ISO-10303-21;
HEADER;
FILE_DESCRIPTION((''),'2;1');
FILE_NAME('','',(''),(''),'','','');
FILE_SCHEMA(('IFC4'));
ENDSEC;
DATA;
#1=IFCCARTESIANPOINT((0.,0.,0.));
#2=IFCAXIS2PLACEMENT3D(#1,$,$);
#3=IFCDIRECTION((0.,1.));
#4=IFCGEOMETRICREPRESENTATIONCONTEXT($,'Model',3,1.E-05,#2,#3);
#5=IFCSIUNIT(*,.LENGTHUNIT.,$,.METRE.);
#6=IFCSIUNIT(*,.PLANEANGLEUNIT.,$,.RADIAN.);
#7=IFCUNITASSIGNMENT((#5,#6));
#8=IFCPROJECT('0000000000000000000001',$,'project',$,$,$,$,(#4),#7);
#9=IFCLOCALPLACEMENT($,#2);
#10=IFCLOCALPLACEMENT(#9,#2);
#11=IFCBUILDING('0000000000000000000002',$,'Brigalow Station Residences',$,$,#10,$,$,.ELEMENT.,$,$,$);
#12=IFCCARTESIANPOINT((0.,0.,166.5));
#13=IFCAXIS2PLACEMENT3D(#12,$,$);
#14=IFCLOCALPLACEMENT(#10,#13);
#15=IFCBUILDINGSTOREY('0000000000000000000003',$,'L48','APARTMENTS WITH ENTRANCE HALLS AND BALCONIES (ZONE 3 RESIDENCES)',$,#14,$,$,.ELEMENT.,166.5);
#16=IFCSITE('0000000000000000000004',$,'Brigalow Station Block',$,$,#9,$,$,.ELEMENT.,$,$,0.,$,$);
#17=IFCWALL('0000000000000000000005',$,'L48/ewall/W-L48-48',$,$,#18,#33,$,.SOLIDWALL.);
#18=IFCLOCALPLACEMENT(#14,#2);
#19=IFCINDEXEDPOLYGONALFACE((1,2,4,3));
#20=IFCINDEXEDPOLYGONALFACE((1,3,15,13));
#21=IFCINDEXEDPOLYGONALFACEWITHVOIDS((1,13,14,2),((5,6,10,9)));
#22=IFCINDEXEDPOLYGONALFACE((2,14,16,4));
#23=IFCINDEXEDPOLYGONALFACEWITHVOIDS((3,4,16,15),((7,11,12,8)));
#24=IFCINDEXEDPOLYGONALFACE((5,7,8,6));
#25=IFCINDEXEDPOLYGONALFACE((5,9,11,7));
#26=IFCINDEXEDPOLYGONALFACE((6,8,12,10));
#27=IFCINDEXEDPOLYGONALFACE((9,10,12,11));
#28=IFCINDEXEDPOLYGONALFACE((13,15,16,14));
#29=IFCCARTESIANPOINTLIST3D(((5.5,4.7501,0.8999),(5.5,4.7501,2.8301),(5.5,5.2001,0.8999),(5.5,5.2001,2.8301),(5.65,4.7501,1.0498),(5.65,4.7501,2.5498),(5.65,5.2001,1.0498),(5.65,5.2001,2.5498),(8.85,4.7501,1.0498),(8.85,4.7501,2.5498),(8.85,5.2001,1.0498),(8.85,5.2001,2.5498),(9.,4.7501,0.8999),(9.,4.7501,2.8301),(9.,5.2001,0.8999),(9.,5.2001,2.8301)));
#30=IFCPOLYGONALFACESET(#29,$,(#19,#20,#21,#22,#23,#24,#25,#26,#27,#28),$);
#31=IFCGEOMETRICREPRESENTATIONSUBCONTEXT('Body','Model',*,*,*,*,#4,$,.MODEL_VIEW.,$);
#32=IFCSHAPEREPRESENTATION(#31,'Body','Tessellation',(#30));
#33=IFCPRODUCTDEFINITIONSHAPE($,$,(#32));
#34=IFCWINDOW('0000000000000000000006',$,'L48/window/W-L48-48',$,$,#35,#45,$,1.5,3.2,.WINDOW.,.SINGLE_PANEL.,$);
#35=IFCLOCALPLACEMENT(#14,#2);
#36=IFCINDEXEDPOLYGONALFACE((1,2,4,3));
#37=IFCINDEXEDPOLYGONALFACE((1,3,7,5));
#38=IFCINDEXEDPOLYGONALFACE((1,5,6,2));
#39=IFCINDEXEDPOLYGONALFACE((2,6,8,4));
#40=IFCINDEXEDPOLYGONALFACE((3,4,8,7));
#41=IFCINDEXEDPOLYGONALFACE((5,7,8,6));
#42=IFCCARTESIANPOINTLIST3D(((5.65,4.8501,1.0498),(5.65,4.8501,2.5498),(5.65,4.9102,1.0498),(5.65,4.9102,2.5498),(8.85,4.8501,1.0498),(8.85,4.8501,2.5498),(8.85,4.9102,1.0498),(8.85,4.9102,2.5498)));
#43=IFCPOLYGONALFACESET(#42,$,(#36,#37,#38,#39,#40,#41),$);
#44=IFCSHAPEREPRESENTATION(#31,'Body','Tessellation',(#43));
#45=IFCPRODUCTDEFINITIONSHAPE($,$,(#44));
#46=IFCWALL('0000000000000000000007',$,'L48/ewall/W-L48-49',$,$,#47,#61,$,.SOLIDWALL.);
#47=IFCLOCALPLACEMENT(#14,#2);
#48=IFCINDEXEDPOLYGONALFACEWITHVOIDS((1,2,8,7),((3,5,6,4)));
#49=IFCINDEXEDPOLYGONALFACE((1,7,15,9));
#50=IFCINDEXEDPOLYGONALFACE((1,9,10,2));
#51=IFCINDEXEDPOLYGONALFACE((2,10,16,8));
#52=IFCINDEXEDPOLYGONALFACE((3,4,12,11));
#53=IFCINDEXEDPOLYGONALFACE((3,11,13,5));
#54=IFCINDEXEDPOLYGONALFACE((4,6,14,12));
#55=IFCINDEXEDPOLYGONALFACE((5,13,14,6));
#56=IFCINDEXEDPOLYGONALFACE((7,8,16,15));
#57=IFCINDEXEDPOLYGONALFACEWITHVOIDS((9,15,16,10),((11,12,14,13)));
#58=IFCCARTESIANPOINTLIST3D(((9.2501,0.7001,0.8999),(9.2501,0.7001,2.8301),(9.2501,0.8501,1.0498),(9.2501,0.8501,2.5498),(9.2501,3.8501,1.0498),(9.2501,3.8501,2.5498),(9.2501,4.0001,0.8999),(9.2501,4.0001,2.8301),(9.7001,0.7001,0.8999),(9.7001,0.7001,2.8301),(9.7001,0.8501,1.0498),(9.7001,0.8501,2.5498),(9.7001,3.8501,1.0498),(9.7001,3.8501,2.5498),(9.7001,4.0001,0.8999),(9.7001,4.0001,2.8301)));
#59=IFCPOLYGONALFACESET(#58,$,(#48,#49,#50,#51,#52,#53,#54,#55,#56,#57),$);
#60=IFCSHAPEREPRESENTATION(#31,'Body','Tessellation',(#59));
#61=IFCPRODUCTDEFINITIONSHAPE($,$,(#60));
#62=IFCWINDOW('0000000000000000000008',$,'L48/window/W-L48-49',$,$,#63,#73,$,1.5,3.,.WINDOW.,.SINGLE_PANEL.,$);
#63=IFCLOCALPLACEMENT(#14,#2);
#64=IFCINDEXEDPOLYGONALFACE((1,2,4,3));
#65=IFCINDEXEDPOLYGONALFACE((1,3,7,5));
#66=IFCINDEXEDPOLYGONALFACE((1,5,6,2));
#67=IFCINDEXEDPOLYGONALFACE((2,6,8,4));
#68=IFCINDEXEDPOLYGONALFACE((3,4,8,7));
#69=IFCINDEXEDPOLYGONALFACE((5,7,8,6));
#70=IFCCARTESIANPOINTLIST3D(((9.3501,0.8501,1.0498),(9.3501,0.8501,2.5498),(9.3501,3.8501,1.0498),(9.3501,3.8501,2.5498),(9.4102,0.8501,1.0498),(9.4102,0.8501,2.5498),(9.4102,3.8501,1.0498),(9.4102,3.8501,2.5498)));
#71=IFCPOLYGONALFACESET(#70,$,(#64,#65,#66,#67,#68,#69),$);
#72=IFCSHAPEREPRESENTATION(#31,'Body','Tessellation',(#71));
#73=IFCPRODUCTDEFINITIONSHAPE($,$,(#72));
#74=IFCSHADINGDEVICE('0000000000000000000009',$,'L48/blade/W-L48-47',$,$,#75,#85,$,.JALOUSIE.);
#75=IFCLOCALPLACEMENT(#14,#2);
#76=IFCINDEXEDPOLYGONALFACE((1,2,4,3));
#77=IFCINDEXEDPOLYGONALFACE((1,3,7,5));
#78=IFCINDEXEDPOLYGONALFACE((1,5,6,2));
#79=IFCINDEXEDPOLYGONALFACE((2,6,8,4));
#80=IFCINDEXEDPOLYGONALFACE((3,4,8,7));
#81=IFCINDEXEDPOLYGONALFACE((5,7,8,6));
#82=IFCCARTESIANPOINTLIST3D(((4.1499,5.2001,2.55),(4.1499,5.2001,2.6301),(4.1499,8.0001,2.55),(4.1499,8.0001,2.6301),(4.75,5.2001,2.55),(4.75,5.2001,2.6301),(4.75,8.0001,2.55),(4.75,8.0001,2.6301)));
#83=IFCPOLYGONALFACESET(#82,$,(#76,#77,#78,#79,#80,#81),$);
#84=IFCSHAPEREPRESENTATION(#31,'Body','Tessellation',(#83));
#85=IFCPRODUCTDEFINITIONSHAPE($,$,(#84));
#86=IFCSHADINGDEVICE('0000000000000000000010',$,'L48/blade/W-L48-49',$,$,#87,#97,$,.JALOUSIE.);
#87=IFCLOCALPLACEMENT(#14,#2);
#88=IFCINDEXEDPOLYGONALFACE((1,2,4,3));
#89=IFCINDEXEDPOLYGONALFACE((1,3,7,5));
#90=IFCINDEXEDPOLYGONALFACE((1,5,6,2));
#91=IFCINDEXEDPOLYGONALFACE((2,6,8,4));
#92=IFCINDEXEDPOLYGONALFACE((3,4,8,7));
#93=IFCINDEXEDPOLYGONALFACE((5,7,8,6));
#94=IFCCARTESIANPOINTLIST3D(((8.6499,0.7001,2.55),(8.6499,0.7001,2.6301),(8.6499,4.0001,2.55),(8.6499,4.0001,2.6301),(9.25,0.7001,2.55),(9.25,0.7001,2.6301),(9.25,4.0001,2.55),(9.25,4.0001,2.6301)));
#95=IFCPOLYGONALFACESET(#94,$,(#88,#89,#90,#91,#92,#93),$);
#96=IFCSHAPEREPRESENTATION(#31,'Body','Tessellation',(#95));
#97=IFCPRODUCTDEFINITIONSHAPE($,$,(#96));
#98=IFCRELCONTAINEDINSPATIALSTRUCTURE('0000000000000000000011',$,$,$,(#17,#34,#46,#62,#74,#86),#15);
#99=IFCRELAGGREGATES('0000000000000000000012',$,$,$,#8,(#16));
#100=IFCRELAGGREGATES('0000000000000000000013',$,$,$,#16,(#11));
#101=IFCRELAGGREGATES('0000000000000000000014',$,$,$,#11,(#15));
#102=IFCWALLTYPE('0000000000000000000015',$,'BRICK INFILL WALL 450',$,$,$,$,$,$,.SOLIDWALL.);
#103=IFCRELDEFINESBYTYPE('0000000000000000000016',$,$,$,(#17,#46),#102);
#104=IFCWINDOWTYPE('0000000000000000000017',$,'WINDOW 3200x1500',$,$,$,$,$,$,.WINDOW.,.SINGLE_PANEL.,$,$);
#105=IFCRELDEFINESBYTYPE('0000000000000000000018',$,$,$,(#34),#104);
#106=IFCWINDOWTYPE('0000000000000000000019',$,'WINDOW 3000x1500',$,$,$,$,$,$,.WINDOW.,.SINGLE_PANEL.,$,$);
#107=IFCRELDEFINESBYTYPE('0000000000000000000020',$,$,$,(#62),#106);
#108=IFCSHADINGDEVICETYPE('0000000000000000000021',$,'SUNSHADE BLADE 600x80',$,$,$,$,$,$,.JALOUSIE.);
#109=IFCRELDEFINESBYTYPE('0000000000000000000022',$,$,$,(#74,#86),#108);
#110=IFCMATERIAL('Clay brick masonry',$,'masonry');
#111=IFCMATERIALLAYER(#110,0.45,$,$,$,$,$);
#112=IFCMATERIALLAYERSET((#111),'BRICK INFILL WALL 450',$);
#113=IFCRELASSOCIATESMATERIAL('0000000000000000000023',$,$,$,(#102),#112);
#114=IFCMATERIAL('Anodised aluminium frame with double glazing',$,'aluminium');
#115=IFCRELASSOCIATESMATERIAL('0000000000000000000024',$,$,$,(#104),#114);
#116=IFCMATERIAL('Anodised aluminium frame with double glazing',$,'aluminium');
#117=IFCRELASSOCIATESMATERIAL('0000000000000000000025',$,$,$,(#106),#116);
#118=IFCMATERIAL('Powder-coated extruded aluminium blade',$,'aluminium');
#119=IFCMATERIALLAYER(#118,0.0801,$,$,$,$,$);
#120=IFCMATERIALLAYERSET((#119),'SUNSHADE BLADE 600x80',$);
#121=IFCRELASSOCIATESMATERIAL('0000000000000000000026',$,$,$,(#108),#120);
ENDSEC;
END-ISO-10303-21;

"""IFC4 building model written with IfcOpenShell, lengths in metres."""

from ifc_helpers import new_model, si_unit, direction, frame, frame_2d, origin, origin_2d, place, context, subcontext, project, spatial, rectangle, extrude, material, layer, layer_set, type_object, element, fill, save


model = new_model("IFC4")

# Units and contexts
model_context = context("Model", 3, precision=1e-05, world=origin(), true_north=direction((0.0, 1.0)))
body_context = subcontext(model_context, "Body", "Model", "MODEL_VIEW")
ifc_project = project(units=[si_unit("LENGTHUNIT", "METRE"), si_unit("PLANEANGLEUNIT", "RADIAN")], contexts=[model_context])

# Site, building, storey
site_placement = place(None, origin())
site = spatial("IfcSite", under=ifc_project, at=site_placement, Name="Brigalow Station Block", CompositionType="ELEMENT", RefElevation=0.0)
building_placement = place(site_placement, origin())
building = spatial("IfcBuilding", under=site, at=building_placement, Name="Brigalow Station Residences", CompositionType="ELEMENT")
storey_placement = place(building_placement, frame((0.0, 0.0, 166.5)))
storey = spatial("IfcBuildingStorey", under=building, at=storey_placement, Name="L48", Description="APARTMENTS WITH ENTRANCE HALLS AND BALCONIES (ZONE 3 RESIDENCES)", CompositionType="ELEMENT", Elevation=166.5)

# Walls, openings, windows
ifc_material_1 = material(Name="Clay brick masonry", Category="masonry")
ifc_layer_1 = layer(ifc_material_1, 0.45)
ifc_layer_set_1 = layer_set([ifc_layer_1], Name="BRICK INFILL WALL 450")
wall_type = type_object("IfcWallType", Name="BRICK INFILL WALL 450", PredefinedType="SOLIDWALL", material=ifc_layer_set_1)
wall_1_placement = place(storey_placement, frame((5.5, 4.9751, 0.8999), z_axis=(0.0, 0.0, 1.0), x_axis=(1.0, 0.0, 0.0)))
wall_1 = element("IfcWall", 1, at=wall_1_placement, inside=storey, type_object=wall_type, Name="L48/ewall/W-L48-48", PredefinedType="SOLIDWALL", context=body_context, shape_type="SweptSolid", body=[
    extrude(rectangle(XDim=3.5, YDim=0.45, at=frame_2d((1.75, 0.0))), origin(), (0.0, 0.0, 1.0), 1.9302),
])
opening_1_placement = place(wall_1_placement, frame((0.1499, 0.0, 0.1499)))
opening_1 = element("IfcOpeningElement", 2, at=opening_1_placement, cuts=wall_1, PredefinedType="OPENING", context=body_context, shape_type="SweptSolid", body=[
    extrude(rectangle(XDim=3.2, YDim=1.5, at=frame_2d((1.6001, 0.75))), frame((0.0, 0.2349, 0.0), z_axis=(0.0, -1.0, 0.0), x_axis=(1.0, 0.0, 0.0)), (0.0, 0.0, 1.0), 0.47),
])
ifc_material_2 = material(Name="Anodised aluminium frame with double glazing", Category="aluminium")
window_type_1 = type_object("IfcWindowType", Name="WINDOW 3200x1500", PartitioningType="SINGLE_PANEL", PredefinedType="WINDOW", material=ifc_material_2)
window_1_placement = place(opening_1_placement, origin())
window_1 = element("IfcWindow", 3, at=window_1_placement, inside=storey, type_object=window_type_1, Name="L48/window/W-L48-48", OverallHeight=1.5, OverallWidth=3.2, PartitioningType="SINGLE_PANEL", PredefinedType="WINDOW", context=body_context, shape_type="SweptSolid", body=[
    extrude(rectangle(XDim=3.2, YDim=1.5, at=frame_2d((1.6001, 0.75))), frame((0.0, -0.0649, 0.0), z_axis=(0.0, -1.0, 0.0), x_axis=(1.0, 0.0, 0.0)), (0.0, 0.0, 1.0), 0.0601),
])
fill(opening_1, window_1)
wall_2_placement = place(storey_placement, frame((9.4751, 4.0, 0.8999), z_axis=(0.0, 0.0, 1.0), x_axis=(0.0, -1.0, 0.0)))
wall_2 = element("IfcWall", 4, at=wall_2_placement, inside=storey, type_object=wall_type, Name="L48/ewall/W-L48-49", PredefinedType="SOLIDWALL", context=body_context, shape_type="SweptSolid", body=[
    extrude(rectangle(XDim=3.3, YDim=0.45, at=frame_2d((1.6499, 0.0))), origin(), (0.0, 0.0, 1.0), 1.9302),
])
opening_2_placement = place(wall_2_placement, frame((0.1499, 0.0, 0.1499)))
opening_2 = element("IfcOpeningElement", 5, at=opening_2_placement, cuts=wall_2, PredefinedType="OPENING", context=body_context, shape_type="SweptSolid", body=[
    extrude(rectangle(XDim=3.0, YDim=1.5, at=frame_2d((1.5, 0.75))), frame((0.0, 0.2349, 0.0), z_axis=(0.0, -1.0, 0.0), x_axis=(1.0, 0.0, 0.0)), (0.0, 0.0, 1.0), 0.47),
])
ifc_material_3 = material(Name="Anodised aluminium frame with double glazing", Category="aluminium")
window_type_2 = type_object("IfcWindowType", Name="WINDOW 3000x1500", PartitioningType="SINGLE_PANEL", PredefinedType="WINDOW", material=ifc_material_3)
window_2_placement = place(opening_2_placement, origin())
window_2 = element("IfcWindow", 6, at=window_2_placement, inside=storey, type_object=window_type_2, Name="L48/window/W-L48-49", OverallHeight=1.5, OverallWidth=3.0, PartitioningType="SINGLE_PANEL", PredefinedType="WINDOW", context=body_context, shape_type="SweptSolid", body=[
    extrude(rectangle(XDim=3.0, YDim=1.5, at=frame_2d((1.5, 0.75))), frame((0.0, -0.0649, 0.0), z_axis=(0.0, -1.0, 0.0), x_axis=(1.0, 0.0, 0.0)), (0.0, 0.0, 1.0), 0.0601),
])
fill(opening_2, window_2)

# Shading devices
ifc_material_4 = material(Name="Powder-coated extruded aluminium blade", Category="aluminium")
ifc_layer_2 = layer(ifc_material_4, 0.0801)
ifc_layer_set_2 = layer_set([ifc_layer_2], Name="SUNSHADE BLADE 600x80")
shading_device_type = type_object("IfcShadingDeviceType", Name="SUNSHADE BLADE 600x80", PredefinedType="JALOUSIE", material=ifc_layer_set_2)
shading_device_1_placement = place(storey_placement, frame((4.45, 6.6001, 2.55), z_axis=(0.0, 0.0, 1.0), x_axis=(0.0, -1.0, 0.0)))
element("IfcShadingDevice", 7, at=shading_device_1_placement, inside=storey, type_object=shading_device_type, Name="L48/blade/W-L48-47", PredefinedType="JALOUSIE", context=body_context, shape_type="SweptSolid", body=[
    extrude(rectangle(XDim=2.8, YDim=0.6001, at=origin_2d()), origin(), (0.0, 0.0, 1.0), 0.0801),
])
shading_device_2_placement = place(storey_placement, frame((8.95, 2.3501, 2.55), z_axis=(0.0, 0.0, 1.0), x_axis=(0.0, -1.0, 0.0)))
element("IfcShadingDevice", 8, at=shading_device_2_placement, inside=storey, type_object=shading_device_type, Name="L48/blade/W-L48-49", PredefinedType="JALOUSIE", context=body_context, shape_type="SweptSolid", body=[
    extrude(rectangle(XDim=3.3, YDim=0.6001, at=origin_2d()), origin(), (0.0, 0.0, 1.0), 0.0801),
])

save(model, "model.ifc")
